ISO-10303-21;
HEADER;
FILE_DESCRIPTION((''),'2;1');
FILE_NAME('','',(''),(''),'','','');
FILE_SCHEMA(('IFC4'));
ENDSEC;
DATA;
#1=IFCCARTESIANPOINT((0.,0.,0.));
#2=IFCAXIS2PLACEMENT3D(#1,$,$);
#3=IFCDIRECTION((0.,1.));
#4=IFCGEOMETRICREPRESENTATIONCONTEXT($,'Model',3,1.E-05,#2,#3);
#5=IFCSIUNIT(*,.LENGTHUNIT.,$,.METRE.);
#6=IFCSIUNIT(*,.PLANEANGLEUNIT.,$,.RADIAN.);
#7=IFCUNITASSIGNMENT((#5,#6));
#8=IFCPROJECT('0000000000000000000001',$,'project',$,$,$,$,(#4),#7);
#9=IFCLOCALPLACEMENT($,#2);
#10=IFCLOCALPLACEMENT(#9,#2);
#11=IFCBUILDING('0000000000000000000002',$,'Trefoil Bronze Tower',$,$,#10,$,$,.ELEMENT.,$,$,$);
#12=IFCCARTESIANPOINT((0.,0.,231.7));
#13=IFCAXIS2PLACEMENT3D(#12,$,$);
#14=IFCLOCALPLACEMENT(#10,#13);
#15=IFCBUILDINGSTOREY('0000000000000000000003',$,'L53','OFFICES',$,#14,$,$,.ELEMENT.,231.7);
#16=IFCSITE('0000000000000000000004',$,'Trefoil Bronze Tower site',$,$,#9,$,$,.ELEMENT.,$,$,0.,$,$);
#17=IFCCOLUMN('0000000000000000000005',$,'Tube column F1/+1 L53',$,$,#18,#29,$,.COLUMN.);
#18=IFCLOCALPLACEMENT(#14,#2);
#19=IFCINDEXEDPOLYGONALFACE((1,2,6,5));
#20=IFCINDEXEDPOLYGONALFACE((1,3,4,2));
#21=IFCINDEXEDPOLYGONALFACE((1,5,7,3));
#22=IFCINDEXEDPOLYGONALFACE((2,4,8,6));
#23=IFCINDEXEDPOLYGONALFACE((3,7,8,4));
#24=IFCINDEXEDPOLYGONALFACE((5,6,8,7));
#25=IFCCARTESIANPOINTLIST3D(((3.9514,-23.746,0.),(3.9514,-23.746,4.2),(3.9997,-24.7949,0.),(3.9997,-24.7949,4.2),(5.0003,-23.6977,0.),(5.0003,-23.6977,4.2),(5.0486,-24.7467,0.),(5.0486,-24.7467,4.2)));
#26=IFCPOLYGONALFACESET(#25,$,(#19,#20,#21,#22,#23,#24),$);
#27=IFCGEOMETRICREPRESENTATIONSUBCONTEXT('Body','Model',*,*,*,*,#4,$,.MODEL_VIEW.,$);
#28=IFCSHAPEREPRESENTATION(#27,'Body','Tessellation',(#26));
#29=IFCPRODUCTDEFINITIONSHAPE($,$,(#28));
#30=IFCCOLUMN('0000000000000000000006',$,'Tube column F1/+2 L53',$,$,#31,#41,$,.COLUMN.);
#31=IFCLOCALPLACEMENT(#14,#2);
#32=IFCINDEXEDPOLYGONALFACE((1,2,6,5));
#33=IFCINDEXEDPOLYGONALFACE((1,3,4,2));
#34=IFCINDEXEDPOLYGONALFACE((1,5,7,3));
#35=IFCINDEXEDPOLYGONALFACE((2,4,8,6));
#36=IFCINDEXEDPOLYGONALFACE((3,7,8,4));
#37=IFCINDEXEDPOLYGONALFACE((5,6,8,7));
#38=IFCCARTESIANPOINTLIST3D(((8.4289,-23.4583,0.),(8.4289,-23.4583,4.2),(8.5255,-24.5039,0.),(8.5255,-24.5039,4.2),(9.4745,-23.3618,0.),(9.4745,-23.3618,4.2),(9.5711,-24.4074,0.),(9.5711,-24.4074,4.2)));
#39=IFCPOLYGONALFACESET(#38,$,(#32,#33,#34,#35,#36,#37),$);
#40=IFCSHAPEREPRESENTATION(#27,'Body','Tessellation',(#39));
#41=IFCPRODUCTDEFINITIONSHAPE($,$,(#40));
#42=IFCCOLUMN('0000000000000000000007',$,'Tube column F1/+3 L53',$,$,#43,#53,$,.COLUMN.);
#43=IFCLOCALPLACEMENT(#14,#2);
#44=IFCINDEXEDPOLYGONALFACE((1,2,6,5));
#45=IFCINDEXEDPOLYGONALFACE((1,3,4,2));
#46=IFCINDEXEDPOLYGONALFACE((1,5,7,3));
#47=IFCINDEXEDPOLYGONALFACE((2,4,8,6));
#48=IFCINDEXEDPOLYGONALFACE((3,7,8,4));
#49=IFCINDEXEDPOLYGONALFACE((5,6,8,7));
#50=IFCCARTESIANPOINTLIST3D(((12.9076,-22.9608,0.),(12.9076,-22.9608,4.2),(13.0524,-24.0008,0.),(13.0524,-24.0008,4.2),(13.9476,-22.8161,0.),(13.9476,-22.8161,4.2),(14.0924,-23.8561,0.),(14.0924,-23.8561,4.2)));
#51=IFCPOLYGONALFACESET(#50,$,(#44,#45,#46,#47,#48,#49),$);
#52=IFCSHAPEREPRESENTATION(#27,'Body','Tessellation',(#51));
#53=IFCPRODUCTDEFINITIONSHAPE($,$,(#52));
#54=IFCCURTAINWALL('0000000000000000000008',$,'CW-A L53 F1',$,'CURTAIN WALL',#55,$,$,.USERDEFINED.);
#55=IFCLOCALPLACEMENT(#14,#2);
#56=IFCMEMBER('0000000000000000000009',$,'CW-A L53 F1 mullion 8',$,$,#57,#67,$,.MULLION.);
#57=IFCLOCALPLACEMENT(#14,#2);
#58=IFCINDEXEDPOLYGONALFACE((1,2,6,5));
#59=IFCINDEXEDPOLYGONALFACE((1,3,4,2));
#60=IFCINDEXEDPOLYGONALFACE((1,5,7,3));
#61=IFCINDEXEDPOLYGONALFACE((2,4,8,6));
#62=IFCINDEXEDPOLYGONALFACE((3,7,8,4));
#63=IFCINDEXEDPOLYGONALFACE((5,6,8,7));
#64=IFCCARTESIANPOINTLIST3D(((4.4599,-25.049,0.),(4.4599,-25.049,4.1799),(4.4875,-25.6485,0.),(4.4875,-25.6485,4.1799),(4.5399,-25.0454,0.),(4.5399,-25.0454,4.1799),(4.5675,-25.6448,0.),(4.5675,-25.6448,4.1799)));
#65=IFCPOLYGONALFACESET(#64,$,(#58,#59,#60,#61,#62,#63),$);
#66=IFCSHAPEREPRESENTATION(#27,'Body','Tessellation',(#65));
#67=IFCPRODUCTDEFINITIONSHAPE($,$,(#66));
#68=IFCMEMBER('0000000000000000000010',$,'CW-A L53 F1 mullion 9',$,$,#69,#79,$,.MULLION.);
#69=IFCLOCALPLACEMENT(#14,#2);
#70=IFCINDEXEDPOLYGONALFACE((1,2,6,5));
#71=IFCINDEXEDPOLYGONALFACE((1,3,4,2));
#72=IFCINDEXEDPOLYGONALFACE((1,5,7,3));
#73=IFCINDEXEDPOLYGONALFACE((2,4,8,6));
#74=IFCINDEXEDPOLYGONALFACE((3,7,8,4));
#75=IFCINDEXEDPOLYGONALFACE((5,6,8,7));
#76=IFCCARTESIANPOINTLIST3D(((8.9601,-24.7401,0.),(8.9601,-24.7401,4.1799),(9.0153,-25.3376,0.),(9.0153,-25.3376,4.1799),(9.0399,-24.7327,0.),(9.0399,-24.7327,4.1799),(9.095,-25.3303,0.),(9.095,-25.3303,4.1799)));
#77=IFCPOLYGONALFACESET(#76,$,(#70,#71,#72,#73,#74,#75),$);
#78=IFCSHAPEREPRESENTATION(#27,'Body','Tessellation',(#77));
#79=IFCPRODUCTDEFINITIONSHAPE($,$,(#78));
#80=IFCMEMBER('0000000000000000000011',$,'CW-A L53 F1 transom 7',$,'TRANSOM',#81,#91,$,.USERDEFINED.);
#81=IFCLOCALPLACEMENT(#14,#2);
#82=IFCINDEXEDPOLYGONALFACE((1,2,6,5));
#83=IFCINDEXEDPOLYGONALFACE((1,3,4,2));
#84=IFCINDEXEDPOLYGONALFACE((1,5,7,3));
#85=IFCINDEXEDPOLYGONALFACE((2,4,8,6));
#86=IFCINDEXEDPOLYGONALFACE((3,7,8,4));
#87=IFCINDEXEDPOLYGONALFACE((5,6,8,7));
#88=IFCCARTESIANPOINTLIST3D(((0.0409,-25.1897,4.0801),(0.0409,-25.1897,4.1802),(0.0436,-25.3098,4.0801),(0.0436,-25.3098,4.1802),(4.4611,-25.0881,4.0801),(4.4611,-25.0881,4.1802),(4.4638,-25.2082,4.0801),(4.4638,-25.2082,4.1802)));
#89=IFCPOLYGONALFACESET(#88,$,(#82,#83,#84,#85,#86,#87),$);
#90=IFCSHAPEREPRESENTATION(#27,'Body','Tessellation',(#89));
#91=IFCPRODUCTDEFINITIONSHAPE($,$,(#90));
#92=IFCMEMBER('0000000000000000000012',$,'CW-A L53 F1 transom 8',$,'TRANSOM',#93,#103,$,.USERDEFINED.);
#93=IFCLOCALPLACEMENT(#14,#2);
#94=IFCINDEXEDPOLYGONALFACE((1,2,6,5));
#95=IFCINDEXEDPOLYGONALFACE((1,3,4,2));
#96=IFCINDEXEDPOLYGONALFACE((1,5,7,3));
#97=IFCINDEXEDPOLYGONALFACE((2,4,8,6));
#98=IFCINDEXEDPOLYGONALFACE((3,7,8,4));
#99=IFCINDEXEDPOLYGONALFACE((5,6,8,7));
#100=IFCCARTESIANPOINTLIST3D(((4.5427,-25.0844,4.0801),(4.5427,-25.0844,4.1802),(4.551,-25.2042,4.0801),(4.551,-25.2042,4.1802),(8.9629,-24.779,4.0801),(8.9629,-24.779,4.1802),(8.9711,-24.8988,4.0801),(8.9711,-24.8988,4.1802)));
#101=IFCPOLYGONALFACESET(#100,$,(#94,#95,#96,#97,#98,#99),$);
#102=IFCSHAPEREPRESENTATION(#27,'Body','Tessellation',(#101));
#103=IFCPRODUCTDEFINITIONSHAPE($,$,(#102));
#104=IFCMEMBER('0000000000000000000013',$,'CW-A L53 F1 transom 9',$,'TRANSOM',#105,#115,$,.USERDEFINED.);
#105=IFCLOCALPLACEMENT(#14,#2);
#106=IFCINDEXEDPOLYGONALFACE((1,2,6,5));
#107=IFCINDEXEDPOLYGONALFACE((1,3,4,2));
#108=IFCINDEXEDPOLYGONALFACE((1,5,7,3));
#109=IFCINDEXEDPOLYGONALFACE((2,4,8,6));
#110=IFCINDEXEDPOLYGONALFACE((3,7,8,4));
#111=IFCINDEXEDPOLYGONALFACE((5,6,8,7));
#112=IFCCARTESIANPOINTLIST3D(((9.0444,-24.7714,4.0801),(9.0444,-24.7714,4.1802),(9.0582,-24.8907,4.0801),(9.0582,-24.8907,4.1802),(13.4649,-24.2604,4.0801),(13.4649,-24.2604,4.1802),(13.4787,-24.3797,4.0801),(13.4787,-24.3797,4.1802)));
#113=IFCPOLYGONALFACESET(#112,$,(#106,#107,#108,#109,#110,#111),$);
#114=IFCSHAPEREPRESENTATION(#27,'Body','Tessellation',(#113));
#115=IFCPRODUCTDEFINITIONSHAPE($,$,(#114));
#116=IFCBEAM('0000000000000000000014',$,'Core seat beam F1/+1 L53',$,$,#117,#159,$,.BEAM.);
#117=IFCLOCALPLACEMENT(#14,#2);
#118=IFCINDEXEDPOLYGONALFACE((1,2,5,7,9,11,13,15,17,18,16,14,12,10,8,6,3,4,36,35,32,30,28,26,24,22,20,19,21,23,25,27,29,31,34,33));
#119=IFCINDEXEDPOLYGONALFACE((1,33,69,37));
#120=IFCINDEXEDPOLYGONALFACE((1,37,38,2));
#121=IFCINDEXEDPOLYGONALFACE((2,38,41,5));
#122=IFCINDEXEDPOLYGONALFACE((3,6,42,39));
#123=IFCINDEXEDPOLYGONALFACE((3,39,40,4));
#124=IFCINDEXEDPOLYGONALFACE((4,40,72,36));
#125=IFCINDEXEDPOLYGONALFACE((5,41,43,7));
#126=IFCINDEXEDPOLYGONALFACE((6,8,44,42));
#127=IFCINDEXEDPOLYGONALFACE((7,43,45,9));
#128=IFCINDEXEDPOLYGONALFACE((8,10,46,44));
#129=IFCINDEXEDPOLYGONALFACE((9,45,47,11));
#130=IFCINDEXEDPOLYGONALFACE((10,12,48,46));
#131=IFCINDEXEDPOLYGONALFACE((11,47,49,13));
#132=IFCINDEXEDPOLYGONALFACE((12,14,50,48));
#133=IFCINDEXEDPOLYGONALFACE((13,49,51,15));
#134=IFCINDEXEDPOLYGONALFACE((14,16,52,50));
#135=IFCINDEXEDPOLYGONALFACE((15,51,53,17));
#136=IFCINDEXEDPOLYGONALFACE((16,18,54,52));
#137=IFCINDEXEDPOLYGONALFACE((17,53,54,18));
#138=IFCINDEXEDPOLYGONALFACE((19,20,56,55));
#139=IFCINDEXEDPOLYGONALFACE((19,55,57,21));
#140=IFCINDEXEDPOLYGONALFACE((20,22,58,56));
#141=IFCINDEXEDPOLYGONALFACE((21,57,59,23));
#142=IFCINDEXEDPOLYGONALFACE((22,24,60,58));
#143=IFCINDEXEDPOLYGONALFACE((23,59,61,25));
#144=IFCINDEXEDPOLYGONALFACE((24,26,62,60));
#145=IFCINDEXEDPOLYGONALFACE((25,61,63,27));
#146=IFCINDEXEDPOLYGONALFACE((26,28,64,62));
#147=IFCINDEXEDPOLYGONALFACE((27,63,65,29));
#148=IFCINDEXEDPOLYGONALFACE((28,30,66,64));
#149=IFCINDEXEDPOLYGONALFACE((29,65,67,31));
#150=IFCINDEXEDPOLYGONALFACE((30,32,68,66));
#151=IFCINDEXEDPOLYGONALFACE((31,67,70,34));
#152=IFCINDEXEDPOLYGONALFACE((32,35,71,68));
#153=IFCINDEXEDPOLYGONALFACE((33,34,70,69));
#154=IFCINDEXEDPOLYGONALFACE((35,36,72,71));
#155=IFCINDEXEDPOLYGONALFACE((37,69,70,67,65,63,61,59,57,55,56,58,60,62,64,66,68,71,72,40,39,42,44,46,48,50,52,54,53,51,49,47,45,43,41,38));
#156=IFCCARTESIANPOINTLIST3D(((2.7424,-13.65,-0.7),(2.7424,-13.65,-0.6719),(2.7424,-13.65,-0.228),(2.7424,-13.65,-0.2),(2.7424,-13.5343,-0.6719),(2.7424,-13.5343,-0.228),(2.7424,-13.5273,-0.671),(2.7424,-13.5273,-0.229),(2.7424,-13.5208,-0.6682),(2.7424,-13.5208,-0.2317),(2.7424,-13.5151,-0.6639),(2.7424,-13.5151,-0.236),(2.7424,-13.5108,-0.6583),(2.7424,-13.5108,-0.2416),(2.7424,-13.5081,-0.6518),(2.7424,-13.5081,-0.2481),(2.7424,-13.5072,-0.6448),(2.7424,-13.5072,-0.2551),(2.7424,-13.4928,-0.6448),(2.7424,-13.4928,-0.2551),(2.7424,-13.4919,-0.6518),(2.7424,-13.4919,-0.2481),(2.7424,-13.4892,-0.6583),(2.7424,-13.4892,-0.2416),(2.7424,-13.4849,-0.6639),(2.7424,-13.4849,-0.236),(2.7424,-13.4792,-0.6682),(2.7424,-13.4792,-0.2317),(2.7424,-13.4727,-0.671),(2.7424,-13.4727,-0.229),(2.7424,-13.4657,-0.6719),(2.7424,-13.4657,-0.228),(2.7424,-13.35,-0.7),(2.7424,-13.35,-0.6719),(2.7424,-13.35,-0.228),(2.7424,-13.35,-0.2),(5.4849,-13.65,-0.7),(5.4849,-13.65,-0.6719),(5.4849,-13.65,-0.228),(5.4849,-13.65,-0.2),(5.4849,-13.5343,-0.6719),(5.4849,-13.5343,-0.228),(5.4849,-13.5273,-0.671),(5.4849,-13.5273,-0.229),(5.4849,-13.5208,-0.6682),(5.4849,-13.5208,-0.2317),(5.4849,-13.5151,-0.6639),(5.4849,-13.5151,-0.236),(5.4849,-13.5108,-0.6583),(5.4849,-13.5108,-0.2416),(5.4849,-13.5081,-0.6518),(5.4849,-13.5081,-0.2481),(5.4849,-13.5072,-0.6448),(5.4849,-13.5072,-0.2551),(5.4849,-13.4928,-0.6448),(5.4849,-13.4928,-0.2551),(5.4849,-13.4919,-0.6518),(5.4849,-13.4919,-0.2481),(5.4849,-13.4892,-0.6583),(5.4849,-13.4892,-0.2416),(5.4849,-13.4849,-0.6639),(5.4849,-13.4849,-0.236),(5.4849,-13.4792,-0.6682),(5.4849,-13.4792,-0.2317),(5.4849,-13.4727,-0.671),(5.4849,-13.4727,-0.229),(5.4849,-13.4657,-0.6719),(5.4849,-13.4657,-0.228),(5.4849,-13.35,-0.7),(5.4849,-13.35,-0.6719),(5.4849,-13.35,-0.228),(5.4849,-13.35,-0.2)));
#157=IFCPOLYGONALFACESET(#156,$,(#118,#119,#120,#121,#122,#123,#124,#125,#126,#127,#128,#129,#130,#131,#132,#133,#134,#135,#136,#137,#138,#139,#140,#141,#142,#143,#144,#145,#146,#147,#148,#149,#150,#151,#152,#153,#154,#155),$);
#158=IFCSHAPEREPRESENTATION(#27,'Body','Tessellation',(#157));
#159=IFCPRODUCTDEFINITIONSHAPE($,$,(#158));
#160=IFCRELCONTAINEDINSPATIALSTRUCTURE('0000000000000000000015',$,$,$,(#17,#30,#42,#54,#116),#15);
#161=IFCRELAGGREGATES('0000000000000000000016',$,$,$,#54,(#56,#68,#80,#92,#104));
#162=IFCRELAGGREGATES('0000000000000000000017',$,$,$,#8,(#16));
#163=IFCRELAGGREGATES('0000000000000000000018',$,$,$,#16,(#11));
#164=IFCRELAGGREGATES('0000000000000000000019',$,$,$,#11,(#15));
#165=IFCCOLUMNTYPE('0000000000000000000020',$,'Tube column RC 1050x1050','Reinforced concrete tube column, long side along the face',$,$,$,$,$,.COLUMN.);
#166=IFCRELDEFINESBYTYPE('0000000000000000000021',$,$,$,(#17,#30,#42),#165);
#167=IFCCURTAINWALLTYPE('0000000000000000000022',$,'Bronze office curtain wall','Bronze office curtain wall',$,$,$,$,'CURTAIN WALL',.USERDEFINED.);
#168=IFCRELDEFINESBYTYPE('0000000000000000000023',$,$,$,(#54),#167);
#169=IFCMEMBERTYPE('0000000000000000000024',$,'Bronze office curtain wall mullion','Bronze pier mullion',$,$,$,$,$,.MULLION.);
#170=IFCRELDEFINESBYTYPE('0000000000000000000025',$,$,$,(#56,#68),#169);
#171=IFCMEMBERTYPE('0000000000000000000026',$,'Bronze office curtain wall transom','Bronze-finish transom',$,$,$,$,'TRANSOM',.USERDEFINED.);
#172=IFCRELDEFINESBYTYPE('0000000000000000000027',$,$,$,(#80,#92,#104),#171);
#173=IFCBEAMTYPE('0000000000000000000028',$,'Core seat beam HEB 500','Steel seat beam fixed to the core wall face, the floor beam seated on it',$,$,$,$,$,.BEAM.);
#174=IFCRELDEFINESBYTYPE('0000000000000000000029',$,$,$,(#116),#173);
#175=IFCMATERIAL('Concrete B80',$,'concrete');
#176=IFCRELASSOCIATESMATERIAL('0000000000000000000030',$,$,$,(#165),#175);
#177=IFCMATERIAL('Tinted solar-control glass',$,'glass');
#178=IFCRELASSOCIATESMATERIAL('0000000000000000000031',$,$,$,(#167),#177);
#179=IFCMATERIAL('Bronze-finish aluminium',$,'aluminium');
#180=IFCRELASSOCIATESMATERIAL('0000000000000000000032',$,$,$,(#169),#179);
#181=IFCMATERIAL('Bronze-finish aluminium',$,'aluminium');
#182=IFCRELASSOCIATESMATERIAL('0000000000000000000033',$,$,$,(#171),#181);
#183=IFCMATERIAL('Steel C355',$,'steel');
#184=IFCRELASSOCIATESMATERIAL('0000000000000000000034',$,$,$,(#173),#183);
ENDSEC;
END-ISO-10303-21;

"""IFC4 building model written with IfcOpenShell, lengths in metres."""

from ifc_helpers import new_model, si_unit, direction, frame, origin, origin_2d, place, context, subcontext, project, spatial, rectangle, i_section, extrude, material, material_profile, profile_set, type_object, element, aggregate, save


model = new_model("IFC4")

# Units and contexts
model_context = context("Model", 3, precision=1e-05, world=origin(), true_north=direction((0.0, 1.0)))
body_context = subcontext(model_context, "Body", "Model", "MODEL_VIEW")
ifc_project = project(units=[si_unit("LENGTHUNIT", "METRE"), si_unit("PLANEANGLEUNIT", "RADIAN")], contexts=[model_context])

# Site, building, storey
site_placement = place(None, origin())
site = spatial("IfcSite", under=ifc_project, at=site_placement, Name="Trefoil Bronze Tower site", CompositionType="ELEMENT", RefElevation=0.0)
building_placement = place(site_placement, origin())
building = spatial("IfcBuilding", under=site, at=building_placement, Name="Trefoil Bronze Tower", CompositionType="ELEMENT")
storey_placement = place(building_placement, frame((0.0, 0.0, 231.7)))
storey = spatial("IfcBuildingStorey", under=building, at=storey_placement, Name="L53", Description="OFFICES", CompositionType="ELEMENT", Elevation=231.7)

# Columns
ifc_material_1 = material(Name="Concrete B80", Category="concrete")
ifc_material_profile_1 = material_profile(ifc_material_1, rectangle(XDim=1.05, YDim=1.05, at=origin_2d()), Name="RC 1050x1050")
ifc_profile_set_1 = profile_set([ifc_material_profile_1], Name="Concrete B80")
column_type = type_object("IfcColumnType", Name="Tube column RC 1050x1050", Description="Reinforced concrete tube column, long side along the face", PredefinedType="COLUMN", material=ifc_profile_set_1)
for number, where, z_axis, x_axis, name in (
    (1, (4.5, -24.2463, 0.0), (0.0, 0.0, 1.0), (0.998943, 0.045956, 0.0), "Tube column F1/+1 L53"),
    (2, (9.0, -23.9329, 0.0), (0.0, 0.0, 1.0), (0.995767, 0.091911, 0.0), "Tube column F1/+2 L53"),
    (3, (13.5, -23.4084, 0.0), (0.0, 0.0, 1.0), (0.990451, 0.137868, 0.0), "Tube column F1/+3 L53"),
):
    element("IfcColumn", number, at=place(storey_placement, frame(where, z_axis=z_axis, x_axis=x_axis)), inside=storey, type_object=column_type, Name=name, PredefinedType="COLUMN", context=body_context, shape_type="SweptSolid", body=[
        extrude(rectangle(XDim=1.05, YDim=1.05, at=origin_2d()), origin(), (0.0, 0.0, 1.0), 4.2),
    ])

# Curtain wall, members
ifc_material_2 = material(Name="Tinted solar-control glass", Category="glass")
curtain_wall_type = type_object("IfcCurtainWallType", Name="Bronze office curtain wall", Description="Bronze office curtain wall", ElementType="CURTAIN WALL", PredefinedType="USERDEFINED", material=ifc_material_2)
curtain_wall_placement = place(storey_placement, origin())
curtain_wall = element("IfcCurtainWall", 4, at=curtain_wall_placement, inside=storey, type_object=curtain_wall_type, Name="CW-A L53 F1", ObjectType="CURTAIN WALL", PredefinedType="USERDEFINED")
ifc_material_3 = material(Name="Bronze-finish aluminium", Category="aluminium")
ifc_material_profile_2 = material_profile(ifc_material_3, rectangle(XDim=0.6001, YDim=0.0801, at=origin_2d()), Name="CW-A mullion")
ifc_profile_set_2 = profile_set([ifc_material_profile_2], Name="Bronze-finish aluminium")
member_type_1 = type_object("IfcMemberType", Name="Bronze office curtain wall mullion", Description="Bronze pier mullion", PredefinedType="MULLION", material=ifc_profile_set_2)
member_1_placement = place(storey_placement, frame((4.5137, -25.3469, 0.0), z_axis=(0.0, 0.0, 1.0), x_axis=(-0.045956, 0.998943, 0.0)))
member_1 = element("IfcMember", 5, at=member_1_placement, type_object=member_type_1, Name="CW-A L53 F1 mullion 8", PredefinedType="MULLION", context=body_context, shape_type="SweptSolid", body=[
    extrude(rectangle(XDim=0.6001, YDim=0.0801, at=origin_2d()), origin(), (0.0, 0.0, 1.0), 4.1799),
])
member_2_placement = place(storey_placement, frame((9.0276, -25.0352, 0.0), z_axis=(0.0, 0.0, 1.0), x_axis=(-0.091911, 0.995767, 0.0)))
member_2 = element("IfcMember", 6, at=member_2_placement, type_object=member_type_1, Name="CW-A L53 F1 mullion 9", PredefinedType="MULLION", context=body_context, shape_type="SweptSolid", body=[
    extrude(rectangle(XDim=0.6001, YDim=0.0801, at=origin_2d()), origin(), (0.0, 0.0, 1.0), 4.1799),
])
ifc_material_4 = material(Name="Bronze-finish aluminium", Category="aluminium")
ifc_material_profile_3 = material_profile(ifc_material_4, rectangle(XDim=0.1201, YDim=0.1001, at=origin_2d()), Name="CW-A transom")
ifc_profile_set_3 = profile_set([ifc_material_profile_3], Name="Bronze-finish aluminium")
member_type_2 = type_object("IfcMemberType", Name="Bronze office curtain wall transom", Description="Bronze-finish transom", ElementType="TRANSOM", PredefinedType="USERDEFINED", material=ifc_profile_set_3)
member_3_placement = place(storey_placement, frame((0.0422, -25.2498, 4.1301), z_axis=(0.999736, 0.022971, 0.0), x_axis=(-0.022971, 0.999736, 0.0)))
member_3 = element("IfcMember", 7, at=member_3_placement, type_object=member_type_2, Name="CW-A L53 F1 transom 7", ObjectType="TRANSOM", PredefinedType="USERDEFINED", context=body_context, shape_type="SweptSolid", body=[
    extrude(rectangle(XDim=0.1201, YDim=0.1001, at=origin_2d()), origin(), (0.0, 0.0, 1.0), 4.4214),
])
member_4_placement = place(storey_placement, frame((4.5469, -25.1443, 4.1301), z_axis=(0.997621, 0.068933, 0.0), x_axis=(-0.068933, 0.997621, 0.0)))
member_4 = element("IfcMember", 8, at=member_4_placement, type_object=member_type_2, Name="CW-A L53 F1 transom 8", ObjectType="TRANSOM", PredefinedType="USERDEFINED", context=body_context, shape_type="SweptSolid", body=[
    extrude(rectangle(XDim=0.1201, YDim=0.1001, at=origin_2d()), origin(), (0.0, 0.0, 1.0), 4.4307),
])
member_5_placement = place(storey_placement, frame((9.0513, -24.8311, 4.1301), z_axis=(0.993385, 0.114832, 0.0), x_axis=(-0.114832, 0.993385, 0.0)))
member_5 = element("IfcMember", 9, at=member_5_placement, type_object=member_type_2, Name="CW-A L53 F1 transom 9", ObjectType="TRANSOM", PredefinedType="USERDEFINED", context=body_context, shape_type="SweptSolid", body=[
    extrude(rectangle(XDim=0.1201, YDim=0.1001, at=origin_2d()), origin(), (0.0, 0.0, 1.0), 4.45),
])

# Beam
ifc_material_5 = material(Name="Steel C355", Category="steel")
ifc_material_profile_4 = material_profile(ifc_material_5, i_section(OverallWidth=0.3, OverallDepth=0.5, WebThickness=0.0144, FlangeThickness=0.0281, FilletRadius=0.0271, at=origin_2d()), Name="HEB 500")
ifc_profile_set_4 = profile_set([ifc_material_profile_4], Name="Steel C355")
beam_type_1 = type_object("IfcBeamType", Name="Core seat beam HEB 500", Description="Steel seat beam fixed to the core wall face, the floor beam seated on it", PredefinedType="BEAM", material=ifc_profile_set_4)
for number, where, z_axis, x_axis, name in (
    (10, (2.7424, -13.5, -0.45), (1.0, 0.0, 0.0), (0.0, 1.0, 0.0), "Core seat beam F1/+1 L53"),
):
    element("IfcBeam", number, at=place(storey_placement, frame(where, z_axis=z_axis, x_axis=x_axis)), inside=storey, type_object=beam_type_1, Name=name, PredefinedType="BEAM", context=body_context, shape_type="SweptSolid", body=[
        extrude(i_section(OverallWidth=0.3, OverallDepth=0.5, WebThickness=0.0144, FlangeThickness=0.0281, FilletRadius=0.0271, at=origin_2d()), origin(), (0.0, 0.0, 1.0), 2.7424),
    ])

aggregate(curtain_wall, [member_1, member_2, member_3, member_4, member_5])

save(model, "model.ifc")
